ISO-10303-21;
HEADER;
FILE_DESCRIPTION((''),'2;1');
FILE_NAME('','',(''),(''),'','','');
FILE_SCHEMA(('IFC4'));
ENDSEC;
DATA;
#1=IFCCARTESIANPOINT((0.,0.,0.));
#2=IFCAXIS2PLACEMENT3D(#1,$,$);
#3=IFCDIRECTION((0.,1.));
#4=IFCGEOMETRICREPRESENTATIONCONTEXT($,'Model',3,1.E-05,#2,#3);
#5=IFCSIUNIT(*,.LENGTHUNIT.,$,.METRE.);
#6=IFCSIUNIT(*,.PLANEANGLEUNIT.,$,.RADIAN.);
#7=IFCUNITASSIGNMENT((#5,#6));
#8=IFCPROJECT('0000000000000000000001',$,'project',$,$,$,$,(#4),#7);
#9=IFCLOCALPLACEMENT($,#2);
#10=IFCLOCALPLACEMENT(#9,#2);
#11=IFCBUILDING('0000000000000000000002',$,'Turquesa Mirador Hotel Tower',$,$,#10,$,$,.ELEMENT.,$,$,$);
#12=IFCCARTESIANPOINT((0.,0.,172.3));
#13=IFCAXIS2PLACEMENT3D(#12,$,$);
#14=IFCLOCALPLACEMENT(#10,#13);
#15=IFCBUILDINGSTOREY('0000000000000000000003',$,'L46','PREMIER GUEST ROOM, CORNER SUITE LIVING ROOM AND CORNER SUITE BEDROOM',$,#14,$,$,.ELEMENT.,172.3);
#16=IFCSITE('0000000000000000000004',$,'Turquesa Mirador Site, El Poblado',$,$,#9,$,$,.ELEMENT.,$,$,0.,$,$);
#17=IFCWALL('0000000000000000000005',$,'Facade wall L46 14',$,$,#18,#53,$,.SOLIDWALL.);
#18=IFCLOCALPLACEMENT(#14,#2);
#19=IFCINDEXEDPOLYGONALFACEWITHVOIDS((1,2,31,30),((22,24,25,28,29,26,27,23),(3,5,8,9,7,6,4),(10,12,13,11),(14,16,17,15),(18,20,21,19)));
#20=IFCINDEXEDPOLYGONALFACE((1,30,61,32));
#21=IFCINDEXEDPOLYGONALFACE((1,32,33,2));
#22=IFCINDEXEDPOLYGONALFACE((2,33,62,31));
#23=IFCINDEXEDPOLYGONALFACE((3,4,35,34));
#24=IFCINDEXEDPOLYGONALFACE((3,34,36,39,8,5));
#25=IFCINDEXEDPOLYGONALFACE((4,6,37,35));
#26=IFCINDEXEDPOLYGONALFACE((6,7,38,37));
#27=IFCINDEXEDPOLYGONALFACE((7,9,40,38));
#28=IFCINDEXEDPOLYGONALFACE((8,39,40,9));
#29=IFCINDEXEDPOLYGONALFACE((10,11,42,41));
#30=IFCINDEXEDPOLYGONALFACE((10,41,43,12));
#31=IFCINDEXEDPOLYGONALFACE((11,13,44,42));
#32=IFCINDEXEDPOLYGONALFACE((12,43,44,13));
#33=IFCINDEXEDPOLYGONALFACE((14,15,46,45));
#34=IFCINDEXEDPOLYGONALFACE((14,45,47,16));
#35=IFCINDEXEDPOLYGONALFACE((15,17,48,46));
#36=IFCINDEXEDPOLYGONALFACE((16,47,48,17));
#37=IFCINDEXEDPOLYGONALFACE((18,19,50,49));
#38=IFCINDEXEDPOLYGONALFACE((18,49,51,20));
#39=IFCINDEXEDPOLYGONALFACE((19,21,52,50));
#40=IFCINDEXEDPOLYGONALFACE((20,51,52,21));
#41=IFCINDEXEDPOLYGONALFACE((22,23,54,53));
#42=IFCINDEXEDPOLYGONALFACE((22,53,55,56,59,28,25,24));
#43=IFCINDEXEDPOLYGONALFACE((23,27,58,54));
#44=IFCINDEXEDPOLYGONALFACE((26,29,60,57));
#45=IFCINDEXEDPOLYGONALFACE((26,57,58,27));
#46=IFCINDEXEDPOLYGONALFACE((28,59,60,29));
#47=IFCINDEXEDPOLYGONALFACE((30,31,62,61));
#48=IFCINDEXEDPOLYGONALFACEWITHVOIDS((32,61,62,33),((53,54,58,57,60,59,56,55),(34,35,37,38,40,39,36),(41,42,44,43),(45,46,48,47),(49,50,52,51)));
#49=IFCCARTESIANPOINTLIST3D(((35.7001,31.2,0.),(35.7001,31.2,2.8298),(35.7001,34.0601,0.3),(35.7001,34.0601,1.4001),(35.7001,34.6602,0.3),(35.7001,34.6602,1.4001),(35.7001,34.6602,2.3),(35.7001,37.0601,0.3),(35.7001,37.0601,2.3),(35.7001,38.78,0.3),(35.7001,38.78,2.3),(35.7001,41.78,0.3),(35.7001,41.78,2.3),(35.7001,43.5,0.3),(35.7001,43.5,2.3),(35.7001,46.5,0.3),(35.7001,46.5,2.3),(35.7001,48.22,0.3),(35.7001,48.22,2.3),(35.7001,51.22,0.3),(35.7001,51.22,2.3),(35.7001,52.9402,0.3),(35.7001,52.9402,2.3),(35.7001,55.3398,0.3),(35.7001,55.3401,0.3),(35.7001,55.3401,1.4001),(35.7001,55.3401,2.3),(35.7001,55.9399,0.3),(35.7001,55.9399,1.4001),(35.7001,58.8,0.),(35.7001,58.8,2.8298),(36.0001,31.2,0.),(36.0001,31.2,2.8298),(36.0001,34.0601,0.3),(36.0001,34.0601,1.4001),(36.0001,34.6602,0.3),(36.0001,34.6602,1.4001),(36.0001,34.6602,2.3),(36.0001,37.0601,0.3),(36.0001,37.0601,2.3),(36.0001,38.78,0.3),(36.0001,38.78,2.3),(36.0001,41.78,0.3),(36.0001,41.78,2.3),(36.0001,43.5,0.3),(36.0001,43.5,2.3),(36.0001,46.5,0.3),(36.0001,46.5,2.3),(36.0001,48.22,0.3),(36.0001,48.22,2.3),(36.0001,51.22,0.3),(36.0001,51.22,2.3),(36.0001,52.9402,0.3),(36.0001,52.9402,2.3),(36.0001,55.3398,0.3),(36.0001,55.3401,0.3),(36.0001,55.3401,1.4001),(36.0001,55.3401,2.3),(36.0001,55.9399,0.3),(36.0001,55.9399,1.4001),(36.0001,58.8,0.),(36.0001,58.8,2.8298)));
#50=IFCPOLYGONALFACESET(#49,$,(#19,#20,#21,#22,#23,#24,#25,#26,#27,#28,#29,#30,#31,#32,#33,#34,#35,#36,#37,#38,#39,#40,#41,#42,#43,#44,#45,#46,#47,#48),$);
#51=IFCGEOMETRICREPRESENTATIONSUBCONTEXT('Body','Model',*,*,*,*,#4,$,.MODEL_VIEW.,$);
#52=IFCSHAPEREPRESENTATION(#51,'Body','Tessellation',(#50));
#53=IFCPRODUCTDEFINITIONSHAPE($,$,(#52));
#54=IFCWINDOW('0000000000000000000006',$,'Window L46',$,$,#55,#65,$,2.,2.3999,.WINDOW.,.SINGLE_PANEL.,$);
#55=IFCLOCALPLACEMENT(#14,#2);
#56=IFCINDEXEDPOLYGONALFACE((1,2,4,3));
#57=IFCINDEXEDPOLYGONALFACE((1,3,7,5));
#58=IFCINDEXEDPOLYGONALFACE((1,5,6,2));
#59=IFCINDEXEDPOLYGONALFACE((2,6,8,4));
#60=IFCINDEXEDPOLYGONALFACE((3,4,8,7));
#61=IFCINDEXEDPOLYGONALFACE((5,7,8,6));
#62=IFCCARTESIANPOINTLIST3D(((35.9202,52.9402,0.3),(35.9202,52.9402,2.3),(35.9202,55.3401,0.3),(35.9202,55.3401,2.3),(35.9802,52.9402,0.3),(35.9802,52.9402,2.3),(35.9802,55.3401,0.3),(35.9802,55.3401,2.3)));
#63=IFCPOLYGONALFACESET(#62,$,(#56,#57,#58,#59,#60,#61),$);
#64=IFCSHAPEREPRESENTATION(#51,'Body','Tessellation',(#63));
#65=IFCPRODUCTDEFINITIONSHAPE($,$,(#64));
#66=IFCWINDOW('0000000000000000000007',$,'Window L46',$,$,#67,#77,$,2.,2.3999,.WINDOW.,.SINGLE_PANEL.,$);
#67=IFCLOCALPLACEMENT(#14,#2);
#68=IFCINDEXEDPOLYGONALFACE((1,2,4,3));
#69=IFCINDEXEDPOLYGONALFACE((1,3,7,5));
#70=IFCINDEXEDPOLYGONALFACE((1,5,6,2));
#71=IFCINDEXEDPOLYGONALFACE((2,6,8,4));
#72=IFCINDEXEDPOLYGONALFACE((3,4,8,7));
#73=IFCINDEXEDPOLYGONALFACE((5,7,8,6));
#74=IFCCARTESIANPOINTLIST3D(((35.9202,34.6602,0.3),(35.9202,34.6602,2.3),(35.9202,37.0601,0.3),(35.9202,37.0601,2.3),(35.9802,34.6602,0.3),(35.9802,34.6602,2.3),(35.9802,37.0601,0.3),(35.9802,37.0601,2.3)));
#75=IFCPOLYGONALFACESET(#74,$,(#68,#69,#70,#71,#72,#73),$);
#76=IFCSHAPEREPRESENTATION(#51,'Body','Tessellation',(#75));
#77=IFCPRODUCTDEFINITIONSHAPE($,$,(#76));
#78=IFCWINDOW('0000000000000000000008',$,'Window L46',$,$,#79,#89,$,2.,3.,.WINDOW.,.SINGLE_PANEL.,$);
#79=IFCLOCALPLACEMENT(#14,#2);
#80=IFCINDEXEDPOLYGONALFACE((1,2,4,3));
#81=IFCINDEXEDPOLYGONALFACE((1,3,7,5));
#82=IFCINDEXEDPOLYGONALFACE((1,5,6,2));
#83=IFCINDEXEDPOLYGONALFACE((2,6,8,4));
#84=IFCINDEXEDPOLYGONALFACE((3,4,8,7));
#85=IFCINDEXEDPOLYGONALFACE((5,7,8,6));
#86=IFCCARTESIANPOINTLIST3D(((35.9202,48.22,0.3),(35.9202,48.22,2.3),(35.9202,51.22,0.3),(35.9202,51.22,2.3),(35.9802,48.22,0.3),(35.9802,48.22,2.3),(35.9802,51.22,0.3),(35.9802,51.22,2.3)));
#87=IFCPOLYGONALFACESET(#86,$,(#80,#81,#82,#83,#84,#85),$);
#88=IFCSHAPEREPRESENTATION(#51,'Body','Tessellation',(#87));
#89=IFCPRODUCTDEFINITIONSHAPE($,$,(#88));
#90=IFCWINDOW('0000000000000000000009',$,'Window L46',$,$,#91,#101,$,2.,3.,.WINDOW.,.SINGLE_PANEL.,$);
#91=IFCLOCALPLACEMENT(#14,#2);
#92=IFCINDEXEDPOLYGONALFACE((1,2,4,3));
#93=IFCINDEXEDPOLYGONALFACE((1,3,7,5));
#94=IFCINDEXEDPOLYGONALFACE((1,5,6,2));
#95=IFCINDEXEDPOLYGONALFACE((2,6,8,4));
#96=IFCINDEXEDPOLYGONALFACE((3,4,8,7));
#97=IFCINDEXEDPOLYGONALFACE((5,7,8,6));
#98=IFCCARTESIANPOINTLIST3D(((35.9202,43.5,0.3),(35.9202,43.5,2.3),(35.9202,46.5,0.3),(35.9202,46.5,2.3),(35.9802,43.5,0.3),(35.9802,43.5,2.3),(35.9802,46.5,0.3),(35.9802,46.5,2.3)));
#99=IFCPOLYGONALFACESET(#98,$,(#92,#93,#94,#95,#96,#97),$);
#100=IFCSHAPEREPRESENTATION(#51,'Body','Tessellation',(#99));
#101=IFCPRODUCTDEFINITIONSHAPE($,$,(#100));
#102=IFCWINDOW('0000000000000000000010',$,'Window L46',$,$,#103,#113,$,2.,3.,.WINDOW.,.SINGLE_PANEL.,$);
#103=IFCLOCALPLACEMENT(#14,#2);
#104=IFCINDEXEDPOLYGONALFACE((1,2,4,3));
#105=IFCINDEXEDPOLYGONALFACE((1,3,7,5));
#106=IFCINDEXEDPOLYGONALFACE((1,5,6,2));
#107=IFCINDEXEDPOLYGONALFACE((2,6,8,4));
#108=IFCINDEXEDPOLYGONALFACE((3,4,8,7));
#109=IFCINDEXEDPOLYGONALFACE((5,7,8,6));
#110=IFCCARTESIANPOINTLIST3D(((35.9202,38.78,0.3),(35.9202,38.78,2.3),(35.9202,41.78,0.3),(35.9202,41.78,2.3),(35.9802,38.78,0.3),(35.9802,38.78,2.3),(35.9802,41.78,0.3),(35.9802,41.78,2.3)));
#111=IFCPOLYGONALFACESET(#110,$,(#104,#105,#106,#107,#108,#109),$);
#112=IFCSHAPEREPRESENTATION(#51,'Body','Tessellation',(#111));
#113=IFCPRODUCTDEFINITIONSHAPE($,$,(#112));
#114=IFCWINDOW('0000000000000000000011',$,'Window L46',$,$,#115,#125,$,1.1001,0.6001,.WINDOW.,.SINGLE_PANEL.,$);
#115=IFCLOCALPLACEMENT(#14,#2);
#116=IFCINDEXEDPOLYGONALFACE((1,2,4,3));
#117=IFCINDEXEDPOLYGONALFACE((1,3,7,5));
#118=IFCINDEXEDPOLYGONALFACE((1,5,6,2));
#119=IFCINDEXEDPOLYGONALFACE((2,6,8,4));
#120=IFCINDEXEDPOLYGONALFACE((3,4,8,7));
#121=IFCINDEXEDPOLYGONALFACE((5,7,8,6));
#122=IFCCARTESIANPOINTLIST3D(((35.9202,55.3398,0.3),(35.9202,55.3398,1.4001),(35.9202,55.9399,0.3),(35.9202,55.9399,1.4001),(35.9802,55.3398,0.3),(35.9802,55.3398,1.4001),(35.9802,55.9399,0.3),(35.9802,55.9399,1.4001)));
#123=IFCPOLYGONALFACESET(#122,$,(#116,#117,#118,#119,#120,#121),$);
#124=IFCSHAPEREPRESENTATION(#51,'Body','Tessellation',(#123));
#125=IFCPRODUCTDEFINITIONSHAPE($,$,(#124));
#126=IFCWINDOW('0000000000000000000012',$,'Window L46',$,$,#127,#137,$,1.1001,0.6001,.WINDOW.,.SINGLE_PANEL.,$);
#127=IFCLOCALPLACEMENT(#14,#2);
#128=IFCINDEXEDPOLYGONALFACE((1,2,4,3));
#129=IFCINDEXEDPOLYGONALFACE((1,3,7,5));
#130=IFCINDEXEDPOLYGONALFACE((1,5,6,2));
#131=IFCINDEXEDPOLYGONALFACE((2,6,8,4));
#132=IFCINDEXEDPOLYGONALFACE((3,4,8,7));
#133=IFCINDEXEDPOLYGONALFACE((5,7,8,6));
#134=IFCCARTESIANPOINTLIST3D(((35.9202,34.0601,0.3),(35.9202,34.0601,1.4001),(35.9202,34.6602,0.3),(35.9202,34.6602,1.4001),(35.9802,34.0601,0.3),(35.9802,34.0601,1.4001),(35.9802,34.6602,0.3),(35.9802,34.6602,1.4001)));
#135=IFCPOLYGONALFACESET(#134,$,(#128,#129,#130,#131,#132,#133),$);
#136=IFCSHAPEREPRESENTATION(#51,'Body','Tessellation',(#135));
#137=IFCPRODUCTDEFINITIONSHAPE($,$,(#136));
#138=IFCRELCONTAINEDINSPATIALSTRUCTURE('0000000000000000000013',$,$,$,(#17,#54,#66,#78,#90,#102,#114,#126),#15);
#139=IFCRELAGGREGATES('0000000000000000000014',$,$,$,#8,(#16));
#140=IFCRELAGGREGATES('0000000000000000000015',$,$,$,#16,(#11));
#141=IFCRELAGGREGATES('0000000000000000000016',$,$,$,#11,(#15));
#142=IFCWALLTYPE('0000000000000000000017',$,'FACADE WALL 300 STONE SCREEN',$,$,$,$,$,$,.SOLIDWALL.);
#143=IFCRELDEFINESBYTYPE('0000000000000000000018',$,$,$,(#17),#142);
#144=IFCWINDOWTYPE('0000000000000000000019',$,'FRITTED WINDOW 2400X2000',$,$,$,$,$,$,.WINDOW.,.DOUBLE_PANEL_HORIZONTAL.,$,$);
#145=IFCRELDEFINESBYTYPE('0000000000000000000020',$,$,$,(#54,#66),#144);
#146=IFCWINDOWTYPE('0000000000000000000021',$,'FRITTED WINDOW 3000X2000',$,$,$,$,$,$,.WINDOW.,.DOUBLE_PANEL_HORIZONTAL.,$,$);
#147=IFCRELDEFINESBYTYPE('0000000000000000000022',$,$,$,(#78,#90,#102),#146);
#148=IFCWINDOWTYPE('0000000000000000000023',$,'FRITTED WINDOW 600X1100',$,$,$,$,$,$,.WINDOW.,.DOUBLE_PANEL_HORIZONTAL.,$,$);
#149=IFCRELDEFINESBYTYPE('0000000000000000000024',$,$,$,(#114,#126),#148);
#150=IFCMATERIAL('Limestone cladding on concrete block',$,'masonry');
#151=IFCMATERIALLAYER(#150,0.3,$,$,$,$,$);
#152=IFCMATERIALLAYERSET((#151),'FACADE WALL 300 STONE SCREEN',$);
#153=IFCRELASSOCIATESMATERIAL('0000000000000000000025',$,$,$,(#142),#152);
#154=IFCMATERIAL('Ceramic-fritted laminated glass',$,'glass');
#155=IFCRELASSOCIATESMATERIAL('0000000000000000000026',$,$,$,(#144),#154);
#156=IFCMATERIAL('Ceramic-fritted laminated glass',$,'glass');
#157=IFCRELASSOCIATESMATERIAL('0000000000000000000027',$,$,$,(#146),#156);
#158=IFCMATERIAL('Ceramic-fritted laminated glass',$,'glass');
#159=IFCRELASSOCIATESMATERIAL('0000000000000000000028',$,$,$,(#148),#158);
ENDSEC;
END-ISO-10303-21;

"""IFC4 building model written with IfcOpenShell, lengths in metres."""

from ifc_helpers import new_model, si_unit, direction, frame, frame_2d, origin, place, context, subcontext, project, spatial, rectangle, extrude, material, layer, layer_set, type_object, element, fill, save


model = new_model("IFC4")

# Units and contexts
model_context = context("Model", 3, precision=1e-05, world=origin(), true_north=direction((0.0, 1.0)))
body_context = subcontext(model_context, "Body", "Model", "MODEL_VIEW")
ifc_project = project(units=[si_unit("LENGTHUNIT", "METRE"), si_unit("PLANEANGLEUNIT", "RADIAN")], contexts=[model_context])

# Site, building, storey
site_placement = place(None, origin())
site = spatial("IfcSite", under=ifc_project, at=site_placement, Name="Turquesa Mirador Site, El Poblado", CompositionType="ELEMENT", RefElevation=0.0)
building_placement = place(site_placement, origin())
building = spatial("IfcBuilding", under=site, at=building_placement, Name="Turquesa Mirador Hotel Tower", CompositionType="ELEMENT")
storey_placement = place(building_placement, frame((0.0, 0.0, 172.3)))
storey = spatial("IfcBuildingStorey", under=building, at=storey_placement, Name="L46", Description="PREMIER GUEST ROOM, CORNER SUITE LIVING ROOM AND CORNER SUITE BEDROOM", CompositionType="ELEMENT", Elevation=172.3)

# Shared definitions
ifc_material_1 = material(Name="Limestone cladding on concrete block", Category="masonry")
ifc_layer_1 = layer(ifc_material_1, 0.3)
ifc_layer_set_1 = layer_set([ifc_layer_1], Name="FACADE WALL 300 STONE SCREEN")
wall_type_1 = type_object("IfcWallType", Name="FACADE WALL 300 STONE SCREEN", PredefinedType="SOLIDWALL", material=ifc_layer_set_1)

# Wall, openings, windows
wall_1_placement = place(storey_placement, frame((35.8501, 58.8, 0.0), z_axis=(0.0, 0.0, 1.0), x_axis=(0.0, -1.0, 0.0)))
wall_1 = element("IfcWall", 1, at=wall_1_placement, inside=storey, type_object=wall_type_1, Name="Facade wall L46 14", PredefinedType="SOLIDWALL", context=body_context, shape_type="SweptSolid", body=[
    extrude(rectangle(XDim=27.6001, YDim=0.3, at=frame_2d((13.8, 0.0))), origin(), (0.0, 0.0, 1.0), 2.8298),
])
opening_1_placement = place(wall_1_placement, frame((3.46, 0.0, 0.3)))
opening_1 = element("IfcOpeningElement", 2, at=opening_1_placement, cuts=wall_1, PredefinedType="OPENING", context=body_context, shape_type="SweptSolid", body=[
    extrude(rectangle(XDim=2.3999, YDim=2.0, at=frame_2d((1.2, 1.0))), frame((0.0, 0.1599, 0.0), z_axis=(0.0, -1.0, 0.0), x_axis=(1.0, 0.0, 0.0)), (0.0, 0.0, 1.0), 0.3201),
])
opening_2_placement = place(wall_1_placement, frame((7.5801, 0.0, 0.3)))
opening_2 = element("IfcOpeningElement", 3, at=opening_2_placement, cuts=wall_1, PredefinedType="OPENING", context=body_context, shape_type="SweptSolid", body=[
    extrude(rectangle(XDim=3.0, YDim=2.0, at=frame_2d((1.5, 1.0))), frame((0.0, 0.1599, 0.0), z_axis=(0.0, -1.0, 0.0), x_axis=(1.0, 0.0, 0.0)), (0.0, 0.0, 1.0), 0.3201),
])
opening_3_placement = place(wall_1_placement, frame((12.3, 0.0, 0.3)))
opening_3 = element("IfcOpeningElement", 4, at=opening_3_placement, cuts=wall_1, PredefinedType="OPENING", context=body_context, shape_type="SweptSolid", body=[
    extrude(rectangle(XDim=3.0, YDim=2.0, at=frame_2d((1.5, 1.0))), frame((0.0, 0.1599, 0.0), z_axis=(0.0, -1.0, 0.0), x_axis=(1.0, 0.0, 0.0)), (0.0, 0.0, 1.0), 0.3201),
])
opening_4_placement = place(wall_1_placement, frame((17.02, 0.0, 0.3)))
opening_4 = element("IfcOpeningElement", 5, at=opening_4_placement, cuts=wall_1, PredefinedType="OPENING", context=body_context, shape_type="SweptSolid", body=[
    extrude(rectangle(XDim=3.0, YDim=2.0, at=frame_2d((1.5, 1.0))), frame((0.0, 0.1599, 0.0), z_axis=(0.0, -1.0, 0.0), x_axis=(1.0, 0.0, 0.0)), (0.0, 0.0, 1.0), 0.3201),
])
opening_5_placement = place(wall_1_placement, frame((21.74, 0.0, 0.3)))
opening_5 = element("IfcOpeningElement", 6, at=opening_5_placement, cuts=wall_1, PredefinedType="OPENING", context=body_context, shape_type="SweptSolid", body=[
    extrude(rectangle(XDim=2.3999, YDim=2.0, at=frame_2d((1.2, 1.0))), frame((0.0, 0.1599, 0.0), z_axis=(0.0, -1.0, 0.0), x_axis=(1.0, 0.0, 0.0)), (0.0, 0.0, 1.0), 0.3201),
])
opening_6_placement = place(wall_1_placement, frame((2.8601, 0.0, 0.3)))
opening_6 = element("IfcOpeningElement", 7, at=opening_6_placement, cuts=wall_1, PredefinedType="OPENING", context=body_context, shape_type="SweptSolid", body=[
    extrude(rectangle(XDim=0.6001, YDim=1.1001, at=frame_2d((0.3, 0.55))), frame((0.0, 0.1599, 0.0), z_axis=(0.0, -1.0, 0.0), x_axis=(1.0, 0.0, 0.0)), (0.0, 0.0, 1.0), 0.3201),
])
opening_7_placement = place(wall_1_placement, frame((24.1399, 0.0, 0.3)))
opening_7 = element("IfcOpeningElement", 8, at=opening_7_placement, cuts=wall_1, PredefinedType="OPENING", context=body_context, shape_type="SweptSolid", body=[
    extrude(rectangle(XDim=0.6001, YDim=1.1001, at=frame_2d((0.3, 0.55))), frame((0.0, 0.1599, 0.0), z_axis=(0.0, -1.0, 0.0), x_axis=(1.0, 0.0, 0.0)), (0.0, 0.0, 1.0), 0.3201),
])
ifc_material_2 = material(Name="Ceramic-fritted laminated glass", Category="glass")
window_type_1 = type_object("IfcWindowType", Name="FRITTED WINDOW 2400X2000", PartitioningType="DOUBLE_PANEL_HORIZONTAL", PredefinedType="WINDOW", material=ifc_material_2)
window_1_placement = place(opening_1_placement, origin())
window_1 = element("IfcWindow", 9, at=window_1_placement, inside=storey, type_object=window_type_1, Name="Window L46", OverallHeight=2.0, OverallWidth=2.3999, PartitioningType="SINGLE_PANEL", PredefinedType="WINDOW", context=body_context, shape_type="SweptSolid", body=[
    extrude(rectangle(XDim=2.3999, YDim=2.0, at=frame_2d((1.2, 1.0))), frame((0.0, 0.1301, 0.0), z_axis=(0.0, -1.0, 0.0), x_axis=(1.0, 0.0, 0.0)), (0.0, 0.0, 1.0), 0.0601),
])
fill(opening_1, window_1)
window_2_placement = place(opening_5_placement, origin())
window_2 = element("IfcWindow", 10, at=window_2_placement, inside=storey, type_object=window_type_1, Name="Window L46", OverallHeight=2.0, OverallWidth=2.3999, PartitioningType="SINGLE_PANEL", PredefinedType="WINDOW", context=body_context, shape_type="SweptSolid", body=[
    extrude(rectangle(XDim=2.3999, YDim=2.0, at=frame_2d((1.2, 1.0))), frame((0.0, 0.1301, 0.0), z_axis=(0.0, -1.0, 0.0), x_axis=(1.0, 0.0, 0.0)), (0.0, 0.0, 1.0), 0.0601),
])
fill(opening_5, window_2)
ifc_material_3 = material(Name="Ceramic-fritted laminated glass", Category="glass")
window_type_2 = type_object("IfcWindowType", Name="FRITTED WINDOW 3000X2000", PartitioningType="DOUBLE_PANEL_HORIZONTAL", PredefinedType="WINDOW", material=ifc_material_3)
window_3_placement = place(opening_2_placement, origin())
window_3 = element("IfcWindow", 11, at=window_3_placement, inside=storey, type_object=window_type_2, Name="Window L46", OverallHeight=2.0, OverallWidth=3.0, PartitioningType="SINGLE_PANEL", PredefinedType="WINDOW", context=body_context, shape_type="SweptSolid", body=[
    extrude(rectangle(XDim=3.0, YDim=2.0, at=frame_2d((1.5, 1.0))), frame((0.0, 0.1301, 0.0), z_axis=(0.0, -1.0, 0.0), x_axis=(1.0, 0.0, 0.0)), (0.0, 0.0, 1.0), 0.0601),
])
fill(opening_2, window_3)
window_4_placement = place(opening_3_placement, origin())
window_4 = element("IfcWindow", 12, at=window_4_placement, inside=storey, type_object=window_type_2, Name="Window L46", OverallHeight=2.0, OverallWidth=3.0, PartitioningType="SINGLE_PANEL", PredefinedType="WINDOW", context=body_context, shape_type="SweptSolid", body=[
    extrude(rectangle(XDim=3.0, YDim=2.0, at=frame_2d((1.5, 1.0))), frame((0.0, 0.1301, 0.0), z_axis=(0.0, -1.0, 0.0), x_axis=(1.0, 0.0, 0.0)), (0.0, 0.0, 1.0), 0.0601),
])
fill(opening_3, window_4)
window_5_placement = place(opening_4_placement, origin())
window_5 = element("IfcWindow", 13, at=window_5_placement, inside=storey, type_object=window_type_2, Name="Window L46", OverallHeight=2.0, OverallWidth=3.0, PartitioningType="SINGLE_PANEL", PredefinedType="WINDOW", context=body_context, shape_type="SweptSolid", body=[
    extrude(rectangle(XDim=3.0, YDim=2.0, at=frame_2d((1.5, 1.0))), frame((0.0, 0.1301, 0.0), z_axis=(0.0, -1.0, 0.0), x_axis=(1.0, 0.0, 0.0)), (0.0, 0.0, 1.0), 0.0601),
])
fill(opening_4, window_5)
ifc_material_4 = material(Name="Ceramic-fritted laminated glass", Category="glass")
window_type_3 = type_object("IfcWindowType", Name="FRITTED WINDOW 600X1100", PartitioningType="DOUBLE_PANEL_HORIZONTAL", PredefinedType="WINDOW", material=ifc_material_4)
window_6_placement = place(opening_6_placement, origin())
window_6 = element("IfcWindow", 14, at=window_6_placement, inside=storey, type_object=window_type_3, Name="Window L46", OverallHeight=1.1001, OverallWidth=0.6001, PartitioningType="SINGLE_PANEL", PredefinedType="WINDOW", context=body_context, shape_type="SweptSolid", body=[
    extrude(rectangle(XDim=0.6001, YDim=1.1001, at=frame_2d((0.3, 0.55))), frame((0.0, 0.1301, 0.0), z_axis=(0.0, -1.0, 0.0), x_axis=(1.0, 0.0, 0.0)), (0.0, 0.0, 1.0), 0.0601),
])
fill(opening_6, window_6)
window_7_placement = place(opening_7_placement, origin())
window_7 = element("IfcWindow", 15, at=window_7_placement, inside=storey, type_object=window_type_3, Name="Window L46", OverallHeight=1.1001, OverallWidth=0.6001, PartitioningType="SINGLE_PANEL", PredefinedType="WINDOW", context=body_context, shape_type="SweptSolid", body=[
    extrude(rectangle(XDim=0.6001, YDim=1.1001, at=frame_2d((0.3, 0.55))), frame((0.0, 0.1301, 0.0), z_axis=(0.0, -1.0, 0.0), x_axis=(1.0, 0.0, 0.0)), (0.0, 0.0, 1.0), 0.0601),
])
fill(opening_7, window_7)

save(model, "model.ifc")
